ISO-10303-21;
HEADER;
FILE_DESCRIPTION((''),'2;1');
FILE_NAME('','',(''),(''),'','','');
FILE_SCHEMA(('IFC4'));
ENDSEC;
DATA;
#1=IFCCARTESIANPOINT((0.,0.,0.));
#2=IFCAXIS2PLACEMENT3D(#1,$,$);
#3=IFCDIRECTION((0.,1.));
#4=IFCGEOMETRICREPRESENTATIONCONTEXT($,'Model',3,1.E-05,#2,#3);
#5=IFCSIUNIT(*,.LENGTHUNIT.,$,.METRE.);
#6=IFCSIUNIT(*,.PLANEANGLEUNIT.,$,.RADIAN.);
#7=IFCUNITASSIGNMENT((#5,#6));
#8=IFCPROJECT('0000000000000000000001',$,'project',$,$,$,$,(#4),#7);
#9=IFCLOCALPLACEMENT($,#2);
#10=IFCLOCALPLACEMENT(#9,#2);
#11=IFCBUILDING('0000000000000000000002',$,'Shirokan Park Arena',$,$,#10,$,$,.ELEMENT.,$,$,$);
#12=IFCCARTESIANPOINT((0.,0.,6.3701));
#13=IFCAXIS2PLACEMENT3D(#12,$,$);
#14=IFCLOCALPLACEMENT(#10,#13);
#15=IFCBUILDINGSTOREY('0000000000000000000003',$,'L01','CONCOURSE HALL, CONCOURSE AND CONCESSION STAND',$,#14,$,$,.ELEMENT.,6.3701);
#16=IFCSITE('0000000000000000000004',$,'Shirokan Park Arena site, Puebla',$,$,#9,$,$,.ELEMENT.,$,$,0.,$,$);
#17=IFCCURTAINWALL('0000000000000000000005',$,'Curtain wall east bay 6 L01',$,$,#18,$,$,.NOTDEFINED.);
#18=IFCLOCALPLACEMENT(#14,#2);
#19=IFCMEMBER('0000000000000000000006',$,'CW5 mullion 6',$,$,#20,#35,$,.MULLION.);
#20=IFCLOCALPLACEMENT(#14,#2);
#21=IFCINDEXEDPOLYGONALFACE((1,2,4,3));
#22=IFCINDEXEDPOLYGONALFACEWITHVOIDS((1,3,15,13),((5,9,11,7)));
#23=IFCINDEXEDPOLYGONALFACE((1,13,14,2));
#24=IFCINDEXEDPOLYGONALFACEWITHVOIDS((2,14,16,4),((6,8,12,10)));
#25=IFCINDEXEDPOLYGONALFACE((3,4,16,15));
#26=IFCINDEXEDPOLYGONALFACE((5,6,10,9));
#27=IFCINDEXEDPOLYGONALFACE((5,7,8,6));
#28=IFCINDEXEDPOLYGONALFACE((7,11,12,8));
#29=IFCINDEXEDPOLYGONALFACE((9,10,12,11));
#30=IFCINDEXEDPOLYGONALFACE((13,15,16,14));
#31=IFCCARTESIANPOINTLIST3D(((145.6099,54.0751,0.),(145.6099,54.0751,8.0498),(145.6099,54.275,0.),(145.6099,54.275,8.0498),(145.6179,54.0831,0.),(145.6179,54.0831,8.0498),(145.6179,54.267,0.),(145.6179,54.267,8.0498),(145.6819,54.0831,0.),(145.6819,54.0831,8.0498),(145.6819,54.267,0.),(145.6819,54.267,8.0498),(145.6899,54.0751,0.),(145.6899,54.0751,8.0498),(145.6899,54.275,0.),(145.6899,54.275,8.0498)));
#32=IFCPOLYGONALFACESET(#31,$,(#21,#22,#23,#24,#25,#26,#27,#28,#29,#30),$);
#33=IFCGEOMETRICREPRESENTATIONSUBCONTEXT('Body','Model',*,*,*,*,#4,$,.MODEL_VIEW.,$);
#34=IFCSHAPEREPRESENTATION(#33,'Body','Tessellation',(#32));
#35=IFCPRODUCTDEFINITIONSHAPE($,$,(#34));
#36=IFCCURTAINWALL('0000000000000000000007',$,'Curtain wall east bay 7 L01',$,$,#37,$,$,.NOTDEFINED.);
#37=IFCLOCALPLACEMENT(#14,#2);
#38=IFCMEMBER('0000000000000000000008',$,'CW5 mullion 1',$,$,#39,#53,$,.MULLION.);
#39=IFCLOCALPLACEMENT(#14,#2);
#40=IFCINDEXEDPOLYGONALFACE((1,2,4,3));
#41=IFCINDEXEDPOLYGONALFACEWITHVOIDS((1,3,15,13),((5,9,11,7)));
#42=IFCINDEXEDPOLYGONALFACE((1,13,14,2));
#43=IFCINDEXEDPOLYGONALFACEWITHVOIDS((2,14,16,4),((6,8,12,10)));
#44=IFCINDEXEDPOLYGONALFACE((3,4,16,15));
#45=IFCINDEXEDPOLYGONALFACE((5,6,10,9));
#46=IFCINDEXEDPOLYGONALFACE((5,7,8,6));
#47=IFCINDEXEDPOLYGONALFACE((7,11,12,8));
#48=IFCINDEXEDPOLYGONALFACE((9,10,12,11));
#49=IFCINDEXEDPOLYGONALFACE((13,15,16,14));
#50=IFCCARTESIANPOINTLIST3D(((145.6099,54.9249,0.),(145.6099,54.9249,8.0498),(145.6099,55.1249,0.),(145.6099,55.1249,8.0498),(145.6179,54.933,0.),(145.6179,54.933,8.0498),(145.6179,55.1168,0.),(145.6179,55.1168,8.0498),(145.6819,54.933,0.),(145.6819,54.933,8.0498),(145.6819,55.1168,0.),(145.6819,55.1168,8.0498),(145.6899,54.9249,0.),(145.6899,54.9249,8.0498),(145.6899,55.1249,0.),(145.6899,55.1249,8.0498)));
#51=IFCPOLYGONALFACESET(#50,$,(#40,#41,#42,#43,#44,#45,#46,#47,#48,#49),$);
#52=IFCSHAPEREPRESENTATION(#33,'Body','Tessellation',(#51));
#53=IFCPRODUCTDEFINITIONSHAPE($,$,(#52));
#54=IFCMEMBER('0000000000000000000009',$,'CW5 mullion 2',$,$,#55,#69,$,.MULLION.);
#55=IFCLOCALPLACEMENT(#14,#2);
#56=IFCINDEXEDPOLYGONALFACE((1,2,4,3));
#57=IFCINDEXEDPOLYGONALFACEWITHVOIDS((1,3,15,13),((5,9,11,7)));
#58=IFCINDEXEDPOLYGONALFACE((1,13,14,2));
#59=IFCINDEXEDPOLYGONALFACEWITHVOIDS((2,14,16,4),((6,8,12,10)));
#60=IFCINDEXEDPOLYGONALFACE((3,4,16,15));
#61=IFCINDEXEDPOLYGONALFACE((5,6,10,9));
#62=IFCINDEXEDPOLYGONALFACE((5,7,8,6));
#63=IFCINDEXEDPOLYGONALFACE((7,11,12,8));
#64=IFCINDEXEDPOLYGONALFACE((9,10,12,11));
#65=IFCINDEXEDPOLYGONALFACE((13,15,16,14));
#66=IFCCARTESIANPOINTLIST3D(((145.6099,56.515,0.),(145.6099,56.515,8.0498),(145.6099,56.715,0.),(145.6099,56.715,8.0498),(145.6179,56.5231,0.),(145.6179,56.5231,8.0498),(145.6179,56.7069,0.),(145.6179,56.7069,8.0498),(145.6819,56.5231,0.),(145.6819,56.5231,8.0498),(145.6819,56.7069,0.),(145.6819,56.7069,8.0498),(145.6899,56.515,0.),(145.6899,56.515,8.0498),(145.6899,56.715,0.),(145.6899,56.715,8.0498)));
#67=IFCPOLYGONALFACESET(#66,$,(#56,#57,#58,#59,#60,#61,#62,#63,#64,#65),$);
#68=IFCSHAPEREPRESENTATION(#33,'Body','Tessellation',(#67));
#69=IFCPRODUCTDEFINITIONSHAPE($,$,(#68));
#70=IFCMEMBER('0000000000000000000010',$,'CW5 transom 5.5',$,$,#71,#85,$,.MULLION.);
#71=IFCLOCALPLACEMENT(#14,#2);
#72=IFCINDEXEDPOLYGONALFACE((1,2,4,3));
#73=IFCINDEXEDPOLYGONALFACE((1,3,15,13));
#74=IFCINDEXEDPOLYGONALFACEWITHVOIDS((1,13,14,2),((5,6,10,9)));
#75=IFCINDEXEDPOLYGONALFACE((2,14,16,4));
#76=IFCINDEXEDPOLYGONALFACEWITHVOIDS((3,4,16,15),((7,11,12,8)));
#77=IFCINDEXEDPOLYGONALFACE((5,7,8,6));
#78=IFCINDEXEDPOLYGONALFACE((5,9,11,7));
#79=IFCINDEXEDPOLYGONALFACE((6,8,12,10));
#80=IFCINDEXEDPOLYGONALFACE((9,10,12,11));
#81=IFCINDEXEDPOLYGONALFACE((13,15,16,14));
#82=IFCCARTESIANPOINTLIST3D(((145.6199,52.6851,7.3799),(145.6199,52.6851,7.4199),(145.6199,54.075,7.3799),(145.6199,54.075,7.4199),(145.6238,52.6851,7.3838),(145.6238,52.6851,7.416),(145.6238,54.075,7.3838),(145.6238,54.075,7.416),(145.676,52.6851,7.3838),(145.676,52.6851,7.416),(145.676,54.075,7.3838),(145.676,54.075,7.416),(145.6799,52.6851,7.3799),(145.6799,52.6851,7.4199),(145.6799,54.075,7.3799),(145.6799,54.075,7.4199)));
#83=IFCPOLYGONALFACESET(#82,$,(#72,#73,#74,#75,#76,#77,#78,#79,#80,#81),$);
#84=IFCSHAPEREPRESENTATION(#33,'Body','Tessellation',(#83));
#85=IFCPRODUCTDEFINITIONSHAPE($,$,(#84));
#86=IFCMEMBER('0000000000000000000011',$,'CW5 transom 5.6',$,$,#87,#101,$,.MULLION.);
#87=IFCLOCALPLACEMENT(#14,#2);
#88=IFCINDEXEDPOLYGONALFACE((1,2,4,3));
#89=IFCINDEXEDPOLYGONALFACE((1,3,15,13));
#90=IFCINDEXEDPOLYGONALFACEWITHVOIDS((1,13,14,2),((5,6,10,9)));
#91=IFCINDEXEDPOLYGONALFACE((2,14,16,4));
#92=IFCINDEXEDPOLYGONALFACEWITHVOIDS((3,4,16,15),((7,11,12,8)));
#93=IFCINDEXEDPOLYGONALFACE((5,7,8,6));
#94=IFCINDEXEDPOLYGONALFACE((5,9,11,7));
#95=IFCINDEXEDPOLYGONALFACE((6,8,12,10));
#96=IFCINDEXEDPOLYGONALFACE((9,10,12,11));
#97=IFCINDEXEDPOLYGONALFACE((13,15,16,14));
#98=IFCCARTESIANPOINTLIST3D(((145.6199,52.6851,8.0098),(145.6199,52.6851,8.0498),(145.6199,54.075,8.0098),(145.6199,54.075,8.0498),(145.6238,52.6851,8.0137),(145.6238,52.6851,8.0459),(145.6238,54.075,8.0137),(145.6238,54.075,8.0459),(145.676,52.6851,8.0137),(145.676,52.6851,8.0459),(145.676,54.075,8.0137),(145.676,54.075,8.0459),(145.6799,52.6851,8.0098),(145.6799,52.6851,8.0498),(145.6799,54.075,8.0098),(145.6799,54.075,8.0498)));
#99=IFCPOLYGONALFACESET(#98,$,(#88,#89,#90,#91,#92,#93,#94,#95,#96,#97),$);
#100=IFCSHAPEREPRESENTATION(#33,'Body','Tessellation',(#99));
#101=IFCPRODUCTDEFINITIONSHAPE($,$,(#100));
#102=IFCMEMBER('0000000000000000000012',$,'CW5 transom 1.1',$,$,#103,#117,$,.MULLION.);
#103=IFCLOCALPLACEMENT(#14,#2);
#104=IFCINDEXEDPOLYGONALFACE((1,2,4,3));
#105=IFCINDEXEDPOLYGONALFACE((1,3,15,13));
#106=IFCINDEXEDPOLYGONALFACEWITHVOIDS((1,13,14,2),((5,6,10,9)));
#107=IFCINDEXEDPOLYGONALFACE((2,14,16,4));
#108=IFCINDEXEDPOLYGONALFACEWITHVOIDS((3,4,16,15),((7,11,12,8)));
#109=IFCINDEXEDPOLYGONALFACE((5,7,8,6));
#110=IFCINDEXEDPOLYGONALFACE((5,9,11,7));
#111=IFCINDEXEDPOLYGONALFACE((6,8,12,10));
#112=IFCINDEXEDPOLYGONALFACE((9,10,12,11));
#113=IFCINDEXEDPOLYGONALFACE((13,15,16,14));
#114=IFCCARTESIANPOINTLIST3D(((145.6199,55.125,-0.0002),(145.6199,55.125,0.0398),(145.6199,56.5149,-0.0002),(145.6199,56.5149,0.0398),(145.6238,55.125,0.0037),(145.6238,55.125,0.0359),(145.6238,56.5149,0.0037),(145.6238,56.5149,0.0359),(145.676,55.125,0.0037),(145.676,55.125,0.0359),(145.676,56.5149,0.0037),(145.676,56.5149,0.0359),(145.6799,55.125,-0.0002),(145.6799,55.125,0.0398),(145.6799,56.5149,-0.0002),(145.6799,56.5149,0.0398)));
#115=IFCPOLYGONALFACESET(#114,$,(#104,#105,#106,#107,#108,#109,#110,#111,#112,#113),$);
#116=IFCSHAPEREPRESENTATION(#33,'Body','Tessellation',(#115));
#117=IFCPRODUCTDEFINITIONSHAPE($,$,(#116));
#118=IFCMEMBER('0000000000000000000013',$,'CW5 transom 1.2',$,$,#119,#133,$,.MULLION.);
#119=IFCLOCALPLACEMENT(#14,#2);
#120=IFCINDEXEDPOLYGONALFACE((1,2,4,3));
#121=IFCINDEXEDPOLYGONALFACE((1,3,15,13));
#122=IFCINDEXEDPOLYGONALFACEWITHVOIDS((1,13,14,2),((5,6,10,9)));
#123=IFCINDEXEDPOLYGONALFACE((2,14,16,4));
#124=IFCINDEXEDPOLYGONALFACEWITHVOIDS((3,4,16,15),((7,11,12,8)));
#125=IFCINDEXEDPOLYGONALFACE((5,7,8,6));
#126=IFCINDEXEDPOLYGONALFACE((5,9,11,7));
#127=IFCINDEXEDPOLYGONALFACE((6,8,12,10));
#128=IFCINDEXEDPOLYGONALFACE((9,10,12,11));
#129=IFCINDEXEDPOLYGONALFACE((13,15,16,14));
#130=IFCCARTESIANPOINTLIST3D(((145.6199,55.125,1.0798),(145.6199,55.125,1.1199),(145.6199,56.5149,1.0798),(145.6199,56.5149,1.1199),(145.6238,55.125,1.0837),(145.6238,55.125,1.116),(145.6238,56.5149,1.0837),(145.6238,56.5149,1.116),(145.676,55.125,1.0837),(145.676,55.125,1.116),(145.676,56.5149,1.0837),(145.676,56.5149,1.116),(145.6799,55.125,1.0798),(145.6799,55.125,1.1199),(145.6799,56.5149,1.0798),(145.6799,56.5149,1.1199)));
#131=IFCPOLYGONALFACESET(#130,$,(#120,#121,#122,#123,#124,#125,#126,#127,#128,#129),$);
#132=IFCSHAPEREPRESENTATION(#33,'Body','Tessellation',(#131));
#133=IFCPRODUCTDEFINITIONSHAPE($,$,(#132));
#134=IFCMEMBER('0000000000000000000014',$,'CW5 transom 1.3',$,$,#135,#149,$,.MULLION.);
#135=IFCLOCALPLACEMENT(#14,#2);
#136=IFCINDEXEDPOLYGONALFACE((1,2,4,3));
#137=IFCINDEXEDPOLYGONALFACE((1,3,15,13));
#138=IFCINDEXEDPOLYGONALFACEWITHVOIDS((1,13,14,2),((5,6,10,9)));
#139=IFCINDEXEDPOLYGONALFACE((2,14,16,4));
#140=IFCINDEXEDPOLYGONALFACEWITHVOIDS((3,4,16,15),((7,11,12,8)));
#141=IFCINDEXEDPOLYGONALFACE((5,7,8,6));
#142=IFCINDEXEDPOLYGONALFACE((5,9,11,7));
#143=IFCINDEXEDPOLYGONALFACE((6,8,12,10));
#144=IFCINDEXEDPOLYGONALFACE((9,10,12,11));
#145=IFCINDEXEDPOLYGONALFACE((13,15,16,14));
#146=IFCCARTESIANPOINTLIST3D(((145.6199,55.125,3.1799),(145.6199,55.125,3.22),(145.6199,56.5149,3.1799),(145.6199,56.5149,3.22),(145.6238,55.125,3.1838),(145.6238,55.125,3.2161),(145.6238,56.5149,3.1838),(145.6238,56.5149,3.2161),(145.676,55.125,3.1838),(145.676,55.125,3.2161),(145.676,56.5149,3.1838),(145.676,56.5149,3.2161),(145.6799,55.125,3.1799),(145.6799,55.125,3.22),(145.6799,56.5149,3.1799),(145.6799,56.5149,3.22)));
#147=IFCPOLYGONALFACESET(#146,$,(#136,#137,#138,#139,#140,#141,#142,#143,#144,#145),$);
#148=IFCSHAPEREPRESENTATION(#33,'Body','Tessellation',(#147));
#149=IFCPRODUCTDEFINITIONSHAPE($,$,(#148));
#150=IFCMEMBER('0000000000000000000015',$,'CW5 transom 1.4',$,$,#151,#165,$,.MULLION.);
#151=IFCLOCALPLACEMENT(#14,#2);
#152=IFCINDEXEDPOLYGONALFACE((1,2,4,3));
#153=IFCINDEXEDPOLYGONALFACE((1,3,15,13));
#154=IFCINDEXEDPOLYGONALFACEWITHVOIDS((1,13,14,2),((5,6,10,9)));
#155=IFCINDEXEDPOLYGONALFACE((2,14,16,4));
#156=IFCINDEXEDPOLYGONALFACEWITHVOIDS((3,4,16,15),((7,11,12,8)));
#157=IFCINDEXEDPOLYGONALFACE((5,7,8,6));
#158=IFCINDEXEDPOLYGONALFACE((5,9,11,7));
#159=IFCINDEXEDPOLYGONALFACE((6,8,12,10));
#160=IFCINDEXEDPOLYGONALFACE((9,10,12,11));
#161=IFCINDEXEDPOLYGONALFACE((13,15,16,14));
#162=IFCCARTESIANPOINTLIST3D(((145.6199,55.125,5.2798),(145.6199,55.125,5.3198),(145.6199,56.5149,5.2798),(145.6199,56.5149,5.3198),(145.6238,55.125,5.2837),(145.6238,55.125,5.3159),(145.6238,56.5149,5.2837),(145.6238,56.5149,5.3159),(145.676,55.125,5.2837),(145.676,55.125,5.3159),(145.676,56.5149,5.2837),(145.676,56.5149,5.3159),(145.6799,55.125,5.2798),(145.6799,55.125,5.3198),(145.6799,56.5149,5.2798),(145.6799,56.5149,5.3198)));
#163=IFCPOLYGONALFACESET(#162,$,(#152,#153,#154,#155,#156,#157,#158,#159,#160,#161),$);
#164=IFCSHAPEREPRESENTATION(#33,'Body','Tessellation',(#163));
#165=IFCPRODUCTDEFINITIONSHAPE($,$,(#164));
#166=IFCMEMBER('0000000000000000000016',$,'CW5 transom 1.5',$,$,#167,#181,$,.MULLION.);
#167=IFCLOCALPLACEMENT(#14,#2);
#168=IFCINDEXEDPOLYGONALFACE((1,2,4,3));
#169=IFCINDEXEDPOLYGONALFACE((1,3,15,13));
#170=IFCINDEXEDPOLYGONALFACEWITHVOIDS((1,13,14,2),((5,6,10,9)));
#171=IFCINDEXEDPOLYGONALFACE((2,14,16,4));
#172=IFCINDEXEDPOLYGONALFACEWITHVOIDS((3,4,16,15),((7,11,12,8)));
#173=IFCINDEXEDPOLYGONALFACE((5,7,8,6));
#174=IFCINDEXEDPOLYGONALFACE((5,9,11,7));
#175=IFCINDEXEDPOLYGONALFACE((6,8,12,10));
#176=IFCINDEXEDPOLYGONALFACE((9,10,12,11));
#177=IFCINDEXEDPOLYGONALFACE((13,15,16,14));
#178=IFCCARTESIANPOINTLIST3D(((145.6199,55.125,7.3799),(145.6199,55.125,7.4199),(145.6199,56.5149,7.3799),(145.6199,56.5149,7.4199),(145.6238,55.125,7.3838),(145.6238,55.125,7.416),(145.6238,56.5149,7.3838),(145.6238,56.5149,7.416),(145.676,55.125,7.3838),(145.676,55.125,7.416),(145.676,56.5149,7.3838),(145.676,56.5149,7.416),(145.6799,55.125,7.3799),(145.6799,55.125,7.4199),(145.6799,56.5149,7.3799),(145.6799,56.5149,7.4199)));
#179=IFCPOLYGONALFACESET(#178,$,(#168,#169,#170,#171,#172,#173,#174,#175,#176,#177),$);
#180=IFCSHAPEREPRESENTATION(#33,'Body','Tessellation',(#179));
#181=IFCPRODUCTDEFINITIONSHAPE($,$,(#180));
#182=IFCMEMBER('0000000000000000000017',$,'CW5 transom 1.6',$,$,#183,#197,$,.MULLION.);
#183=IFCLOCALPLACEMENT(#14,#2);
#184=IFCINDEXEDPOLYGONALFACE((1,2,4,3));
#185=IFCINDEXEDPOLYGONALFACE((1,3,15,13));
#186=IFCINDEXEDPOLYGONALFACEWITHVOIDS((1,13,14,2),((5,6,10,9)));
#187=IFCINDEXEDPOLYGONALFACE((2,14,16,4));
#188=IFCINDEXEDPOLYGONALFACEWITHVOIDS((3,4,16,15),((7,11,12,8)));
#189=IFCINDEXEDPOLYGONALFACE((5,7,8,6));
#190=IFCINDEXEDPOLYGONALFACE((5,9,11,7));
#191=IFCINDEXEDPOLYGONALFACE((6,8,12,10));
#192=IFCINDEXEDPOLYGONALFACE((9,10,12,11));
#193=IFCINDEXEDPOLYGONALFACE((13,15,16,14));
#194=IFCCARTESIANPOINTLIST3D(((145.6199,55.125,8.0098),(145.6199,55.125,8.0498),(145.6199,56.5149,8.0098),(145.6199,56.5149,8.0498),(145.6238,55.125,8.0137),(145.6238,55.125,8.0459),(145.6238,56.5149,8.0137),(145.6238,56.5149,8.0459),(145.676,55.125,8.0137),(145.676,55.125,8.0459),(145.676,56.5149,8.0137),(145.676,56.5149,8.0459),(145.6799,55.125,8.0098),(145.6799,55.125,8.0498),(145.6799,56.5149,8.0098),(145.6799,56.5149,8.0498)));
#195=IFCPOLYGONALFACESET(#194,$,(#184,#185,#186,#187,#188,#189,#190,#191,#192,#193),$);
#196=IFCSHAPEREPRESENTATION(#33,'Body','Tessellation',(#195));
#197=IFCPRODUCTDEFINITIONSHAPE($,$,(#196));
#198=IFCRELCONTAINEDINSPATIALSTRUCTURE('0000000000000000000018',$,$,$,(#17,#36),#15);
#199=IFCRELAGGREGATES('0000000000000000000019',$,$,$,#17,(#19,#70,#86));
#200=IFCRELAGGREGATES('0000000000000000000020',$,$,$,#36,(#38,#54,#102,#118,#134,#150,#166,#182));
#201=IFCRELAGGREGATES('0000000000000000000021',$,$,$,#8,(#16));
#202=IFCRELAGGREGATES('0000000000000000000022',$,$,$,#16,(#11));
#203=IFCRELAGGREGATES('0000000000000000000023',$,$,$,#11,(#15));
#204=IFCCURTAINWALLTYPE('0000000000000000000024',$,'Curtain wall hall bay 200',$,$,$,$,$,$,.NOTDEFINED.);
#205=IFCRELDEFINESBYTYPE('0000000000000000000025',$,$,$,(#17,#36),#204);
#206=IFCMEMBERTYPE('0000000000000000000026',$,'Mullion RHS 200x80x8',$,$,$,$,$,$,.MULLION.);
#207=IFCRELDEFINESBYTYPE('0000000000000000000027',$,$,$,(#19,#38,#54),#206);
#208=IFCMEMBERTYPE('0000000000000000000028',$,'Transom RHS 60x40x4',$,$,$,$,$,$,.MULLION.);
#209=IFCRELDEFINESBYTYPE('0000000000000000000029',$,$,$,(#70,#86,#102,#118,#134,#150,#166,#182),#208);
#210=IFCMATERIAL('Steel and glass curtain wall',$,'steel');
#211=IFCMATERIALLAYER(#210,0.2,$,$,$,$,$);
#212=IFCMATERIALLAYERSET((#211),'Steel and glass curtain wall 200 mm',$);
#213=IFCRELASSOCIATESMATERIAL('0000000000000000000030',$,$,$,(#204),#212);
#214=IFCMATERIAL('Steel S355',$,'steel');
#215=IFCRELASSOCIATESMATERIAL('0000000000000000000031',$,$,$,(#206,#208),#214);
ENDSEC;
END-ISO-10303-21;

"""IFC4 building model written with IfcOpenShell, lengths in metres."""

from ifc_helpers import new_model, si_unit, direction, frame, origin, origin_2d, place, context, subcontext, project, spatial, hollow_rectangle, extrude, material, layer, layer_set, material_profile, profile_set, type_object, element, aggregate, save


model = new_model("IFC4")

# Units and contexts
model_context = context("Model", 3, precision=1e-05, world=origin(), true_north=direction((0.0, 1.0)))
body_context = subcontext(model_context, "Body", "Model", "MODEL_VIEW")
ifc_project = project(units=[si_unit("LENGTHUNIT", "METRE"), si_unit("PLANEANGLEUNIT", "RADIAN")], contexts=[model_context])

# Site, building, storey
site_placement = place(None, origin())
site = spatial("IfcSite", under=ifc_project, at=site_placement, Name="Shirokan Park Arena site, Puebla", CompositionType="ELEMENT", RefElevation=0.0)
building_placement = place(site_placement, origin())
building = spatial("IfcBuilding", under=site, at=building_placement, Name="Shirokan Park Arena", CompositionType="ELEMENT")
storey_placement = place(building_placement, frame((0.0, 0.0, 6.3701)))
storey = spatial("IfcBuildingStorey", under=building, at=storey_placement, Name="L01", Description="CONCOURSE HALL, CONCOURSE AND CONCESSION STAND", CompositionType="ELEMENT", Elevation=6.3701)

# Curtain wall, member
ifc_material_1 = material(Name="Steel and glass curtain wall", Category="steel")
ifc_layer_1 = layer(ifc_material_1, 0.2)
ifc_layer_set_1 = layer_set([ifc_layer_1], Name="Steel and glass curtain wall 200 mm")
curtain_wall_type = type_object("IfcCurtainWallType", Name="Curtain wall hall bay 200", PredefinedType="NOTDEFINED", material=ifc_layer_set_1)
curtain_wall_1_placement = place(storey_placement, origin())
curtain_wall_1 = element("IfcCurtainWall", 1, at=curtain_wall_1_placement, inside=storey, type_object=curtain_wall_type, Name="Curtain wall east bay 6 L01", PredefinedType="NOTDEFINED")
ifc_material_2 = material(Name="Steel S355", Category="steel")
ifc_material_profile_1 = material_profile(ifc_material_2, hollow_rectangle(XDim=0.0801, YDim=0.2, WallThickness=0.0081, at=origin_2d()), Name="RHS 200x80x8")
ifc_profile_set_1 = profile_set([ifc_material_profile_1], Name="Steel S355")
member_type_1 = type_object("IfcMemberType", Name="Mullion RHS 200x80x8", PredefinedType="MULLION", material=ifc_profile_set_1)
member_1_placement = place(storey_placement, frame((145.6499, 54.175, 0.0), z_axis=(0.0, 0.0, 1.0), x_axis=(-1.0, 0.0, 0.0)))
member_1 = element("IfcMember", 2, at=member_1_placement, type_object=member_type_1, Name="CW5 mullion 6", PredefinedType="MULLION", context=body_context, shape_type="SweptSolid", body=[
    extrude(hollow_rectangle(XDim=0.0801, YDim=0.2, WallThickness=0.0081, at=origin_2d()), origin(), (0.0, 0.0, 1.0), 8.0498),
])

# Curtain wall, members
curtain_wall_2_placement = place(storey_placement, origin())
curtain_wall_2 = element("IfcCurtainWall", 3, at=curtain_wall_2_placement, inside=storey, type_object=curtain_wall_type, Name="Curtain wall east bay 7 L01", PredefinedType="NOTDEFINED")
member_2_placement = place(storey_placement, frame((145.6499, 55.0249, 0.0), z_axis=(0.0, 0.0, 1.0), x_axis=(-1.0, 0.0, 0.0)))
member_2 = element("IfcMember", 4, at=member_2_placement, type_object=member_type_1, Name="CW5 mullion 1", PredefinedType="MULLION", context=body_context, shape_type="SweptSolid", body=[
    extrude(hollow_rectangle(XDim=0.0801, YDim=0.2, WallThickness=0.0081, at=origin_2d()), origin(), (0.0, 0.0, 1.0), 8.0498),
])
member_3_placement = place(storey_placement, frame((145.6499, 56.615, 0.0), z_axis=(0.0, 0.0, 1.0), x_axis=(-1.0, 0.0, 0.0)))
member_3 = element("IfcMember", 5, at=member_3_placement, type_object=member_type_1, Name="CW5 mullion 2", PredefinedType="MULLION", context=body_context, shape_type="SweptSolid", body=[
    extrude(hollow_rectangle(XDim=0.0801, YDim=0.2, WallThickness=0.0081, at=origin_2d()), origin(), (0.0, 0.0, 1.0), 8.0498),
])

# Members
ifc_material_profile_2 = material_profile(ifc_material_2, hollow_rectangle(XDim=0.0601, YDim=0.04, WallThickness=0.0039, at=origin_2d()), Name="RHS 60x40x4")
ifc_profile_set_2 = profile_set([ifc_material_profile_2], Name="Steel S355")
member_type_2 = type_object("IfcMemberType", Name="Transom RHS 60x40x4", PredefinedType="MULLION", material=ifc_profile_set_2)
member_4_placement = place(storey_placement, frame((145.6499, 52.6851, 7.3999), z_axis=(0.0, 1.0, 0.0), x_axis=(-1.0, 0.0, 0.0)))
member_4 = element("IfcMember", 6, at=member_4_placement, type_object=member_type_2, Name="CW5 transom 5.5", PredefinedType="MULLION", context=body_context, shape_type="SweptSolid", body=[
    extrude(hollow_rectangle(XDim=0.0601, YDim=0.04, WallThickness=0.0039, at=origin_2d()), origin(), (0.0, 0.0, 1.0), 1.3899),
])
member_5_placement = place(storey_placement, frame((145.6499, 52.6851, 8.0298), z_axis=(0.0, 1.0, 0.0), x_axis=(-1.0, 0.0, 0.0)))
member_5 = element("IfcMember", 7, at=member_5_placement, type_object=member_type_2, Name="CW5 transom 5.6", PredefinedType="MULLION", context=body_context, shape_type="SweptSolid", body=[
    extrude(hollow_rectangle(XDim=0.0601, YDim=0.04, WallThickness=0.0039, at=origin_2d()), origin(), (0.0, 0.0, 1.0), 1.3899),
])
member_6_placement = place(storey_placement, frame((145.6499, 55.125, 0.0198), z_axis=(0.0, 1.0, 0.0), x_axis=(-1.0, 0.0, 0.0)))
member_6 = element("IfcMember", 8, at=member_6_placement, type_object=member_type_2, Name="CW5 transom 1.1", PredefinedType="MULLION", context=body_context, shape_type="SweptSolid", body=[
    extrude(hollow_rectangle(XDim=0.0601, YDim=0.04, WallThickness=0.0039, at=origin_2d()), origin(), (0.0, 0.0, 1.0), 1.3899),
])
member_7_placement = place(storey_placement, frame((145.6499, 55.125, 1.0999), z_axis=(0.0, 1.0, 0.0), x_axis=(-1.0, 0.0, 0.0)))
member_7 = element("IfcMember", 9, at=member_7_placement, type_object=member_type_2, Name="CW5 transom 1.2", PredefinedType="MULLION", context=body_context, shape_type="SweptSolid", body=[
    extrude(hollow_rectangle(XDim=0.0601, YDim=0.04, WallThickness=0.0039, at=origin_2d()), origin(), (0.0, 0.0, 1.0), 1.3899),
])
member_8_placement = place(storey_placement, frame((145.6499, 55.125, 3.2), z_axis=(0.0, 1.0, 0.0), x_axis=(-1.0, 0.0, 0.0)))
member_8 = element("IfcMember", 10, at=member_8_placement, type_object=member_type_2, Name="CW5 transom 1.3", PredefinedType="MULLION", context=body_context, shape_type="SweptSolid", body=[
    extrude(hollow_rectangle(XDim=0.0601, YDim=0.04, WallThickness=0.0039, at=origin_2d()), origin(), (0.0, 0.0, 1.0), 1.3899),
])
member_9_placement = place(storey_placement, frame((145.6499, 55.125, 5.2998), z_axis=(0.0, 1.0, 0.0), x_axis=(-1.0, 0.0, 0.0)))
member_9 = element("IfcMember", 11, at=member_9_placement, type_object=member_type_2, Name="CW5 transom 1.4", PredefinedType="MULLION", context=body_context, shape_type="SweptSolid", body=[
    extrude(hollow_rectangle(XDim=0.0601, YDim=0.04, WallThickness=0.0039, at=origin_2d()), origin(), (0.0, 0.0, 1.0), 1.3899),
])
member_10_placement = place(storey_placement, frame((145.6499, 55.125, 7.3999), z_axis=(0.0, 1.0, 0.0), x_axis=(-1.0, 0.0, 0.0)))
member_10 = element("IfcMember", 12, at=member_10_placement, type_object=member_type_2, Name="CW5 transom 1.5", PredefinedType="MULLION", context=body_context, shape_type="SweptSolid", body=[
    extrude(hollow_rectangle(XDim=0.0601, YDim=0.04, WallThickness=0.0039, at=origin_2d()), origin(), (0.0, 0.0, 1.0), 1.3899),
])
member_11_placement = place(storey_placement, frame((145.6499, 55.125, 8.0298), z_axis=(0.0, 1.0, 0.0), x_axis=(-1.0, 0.0, 0.0)))
member_11 = element("IfcMember", 13, at=member_11_placement, type_object=member_type_2, Name="CW5 transom 1.6", PredefinedType="MULLION", context=body_context, shape_type="SweptSolid", body=[
    extrude(hollow_rectangle(XDim=0.0601, YDim=0.04, WallThickness=0.0039, at=origin_2d()), origin(), (0.0, 0.0, 1.0), 1.3899),
])

aggregate(curtain_wall_1, [member_1, member_4, member_5])
aggregate(curtain_wall_2, [member_2, member_3, member_6, member_7, member_8, member_9, member_10, member_11])

save(model, "model.ifc")
